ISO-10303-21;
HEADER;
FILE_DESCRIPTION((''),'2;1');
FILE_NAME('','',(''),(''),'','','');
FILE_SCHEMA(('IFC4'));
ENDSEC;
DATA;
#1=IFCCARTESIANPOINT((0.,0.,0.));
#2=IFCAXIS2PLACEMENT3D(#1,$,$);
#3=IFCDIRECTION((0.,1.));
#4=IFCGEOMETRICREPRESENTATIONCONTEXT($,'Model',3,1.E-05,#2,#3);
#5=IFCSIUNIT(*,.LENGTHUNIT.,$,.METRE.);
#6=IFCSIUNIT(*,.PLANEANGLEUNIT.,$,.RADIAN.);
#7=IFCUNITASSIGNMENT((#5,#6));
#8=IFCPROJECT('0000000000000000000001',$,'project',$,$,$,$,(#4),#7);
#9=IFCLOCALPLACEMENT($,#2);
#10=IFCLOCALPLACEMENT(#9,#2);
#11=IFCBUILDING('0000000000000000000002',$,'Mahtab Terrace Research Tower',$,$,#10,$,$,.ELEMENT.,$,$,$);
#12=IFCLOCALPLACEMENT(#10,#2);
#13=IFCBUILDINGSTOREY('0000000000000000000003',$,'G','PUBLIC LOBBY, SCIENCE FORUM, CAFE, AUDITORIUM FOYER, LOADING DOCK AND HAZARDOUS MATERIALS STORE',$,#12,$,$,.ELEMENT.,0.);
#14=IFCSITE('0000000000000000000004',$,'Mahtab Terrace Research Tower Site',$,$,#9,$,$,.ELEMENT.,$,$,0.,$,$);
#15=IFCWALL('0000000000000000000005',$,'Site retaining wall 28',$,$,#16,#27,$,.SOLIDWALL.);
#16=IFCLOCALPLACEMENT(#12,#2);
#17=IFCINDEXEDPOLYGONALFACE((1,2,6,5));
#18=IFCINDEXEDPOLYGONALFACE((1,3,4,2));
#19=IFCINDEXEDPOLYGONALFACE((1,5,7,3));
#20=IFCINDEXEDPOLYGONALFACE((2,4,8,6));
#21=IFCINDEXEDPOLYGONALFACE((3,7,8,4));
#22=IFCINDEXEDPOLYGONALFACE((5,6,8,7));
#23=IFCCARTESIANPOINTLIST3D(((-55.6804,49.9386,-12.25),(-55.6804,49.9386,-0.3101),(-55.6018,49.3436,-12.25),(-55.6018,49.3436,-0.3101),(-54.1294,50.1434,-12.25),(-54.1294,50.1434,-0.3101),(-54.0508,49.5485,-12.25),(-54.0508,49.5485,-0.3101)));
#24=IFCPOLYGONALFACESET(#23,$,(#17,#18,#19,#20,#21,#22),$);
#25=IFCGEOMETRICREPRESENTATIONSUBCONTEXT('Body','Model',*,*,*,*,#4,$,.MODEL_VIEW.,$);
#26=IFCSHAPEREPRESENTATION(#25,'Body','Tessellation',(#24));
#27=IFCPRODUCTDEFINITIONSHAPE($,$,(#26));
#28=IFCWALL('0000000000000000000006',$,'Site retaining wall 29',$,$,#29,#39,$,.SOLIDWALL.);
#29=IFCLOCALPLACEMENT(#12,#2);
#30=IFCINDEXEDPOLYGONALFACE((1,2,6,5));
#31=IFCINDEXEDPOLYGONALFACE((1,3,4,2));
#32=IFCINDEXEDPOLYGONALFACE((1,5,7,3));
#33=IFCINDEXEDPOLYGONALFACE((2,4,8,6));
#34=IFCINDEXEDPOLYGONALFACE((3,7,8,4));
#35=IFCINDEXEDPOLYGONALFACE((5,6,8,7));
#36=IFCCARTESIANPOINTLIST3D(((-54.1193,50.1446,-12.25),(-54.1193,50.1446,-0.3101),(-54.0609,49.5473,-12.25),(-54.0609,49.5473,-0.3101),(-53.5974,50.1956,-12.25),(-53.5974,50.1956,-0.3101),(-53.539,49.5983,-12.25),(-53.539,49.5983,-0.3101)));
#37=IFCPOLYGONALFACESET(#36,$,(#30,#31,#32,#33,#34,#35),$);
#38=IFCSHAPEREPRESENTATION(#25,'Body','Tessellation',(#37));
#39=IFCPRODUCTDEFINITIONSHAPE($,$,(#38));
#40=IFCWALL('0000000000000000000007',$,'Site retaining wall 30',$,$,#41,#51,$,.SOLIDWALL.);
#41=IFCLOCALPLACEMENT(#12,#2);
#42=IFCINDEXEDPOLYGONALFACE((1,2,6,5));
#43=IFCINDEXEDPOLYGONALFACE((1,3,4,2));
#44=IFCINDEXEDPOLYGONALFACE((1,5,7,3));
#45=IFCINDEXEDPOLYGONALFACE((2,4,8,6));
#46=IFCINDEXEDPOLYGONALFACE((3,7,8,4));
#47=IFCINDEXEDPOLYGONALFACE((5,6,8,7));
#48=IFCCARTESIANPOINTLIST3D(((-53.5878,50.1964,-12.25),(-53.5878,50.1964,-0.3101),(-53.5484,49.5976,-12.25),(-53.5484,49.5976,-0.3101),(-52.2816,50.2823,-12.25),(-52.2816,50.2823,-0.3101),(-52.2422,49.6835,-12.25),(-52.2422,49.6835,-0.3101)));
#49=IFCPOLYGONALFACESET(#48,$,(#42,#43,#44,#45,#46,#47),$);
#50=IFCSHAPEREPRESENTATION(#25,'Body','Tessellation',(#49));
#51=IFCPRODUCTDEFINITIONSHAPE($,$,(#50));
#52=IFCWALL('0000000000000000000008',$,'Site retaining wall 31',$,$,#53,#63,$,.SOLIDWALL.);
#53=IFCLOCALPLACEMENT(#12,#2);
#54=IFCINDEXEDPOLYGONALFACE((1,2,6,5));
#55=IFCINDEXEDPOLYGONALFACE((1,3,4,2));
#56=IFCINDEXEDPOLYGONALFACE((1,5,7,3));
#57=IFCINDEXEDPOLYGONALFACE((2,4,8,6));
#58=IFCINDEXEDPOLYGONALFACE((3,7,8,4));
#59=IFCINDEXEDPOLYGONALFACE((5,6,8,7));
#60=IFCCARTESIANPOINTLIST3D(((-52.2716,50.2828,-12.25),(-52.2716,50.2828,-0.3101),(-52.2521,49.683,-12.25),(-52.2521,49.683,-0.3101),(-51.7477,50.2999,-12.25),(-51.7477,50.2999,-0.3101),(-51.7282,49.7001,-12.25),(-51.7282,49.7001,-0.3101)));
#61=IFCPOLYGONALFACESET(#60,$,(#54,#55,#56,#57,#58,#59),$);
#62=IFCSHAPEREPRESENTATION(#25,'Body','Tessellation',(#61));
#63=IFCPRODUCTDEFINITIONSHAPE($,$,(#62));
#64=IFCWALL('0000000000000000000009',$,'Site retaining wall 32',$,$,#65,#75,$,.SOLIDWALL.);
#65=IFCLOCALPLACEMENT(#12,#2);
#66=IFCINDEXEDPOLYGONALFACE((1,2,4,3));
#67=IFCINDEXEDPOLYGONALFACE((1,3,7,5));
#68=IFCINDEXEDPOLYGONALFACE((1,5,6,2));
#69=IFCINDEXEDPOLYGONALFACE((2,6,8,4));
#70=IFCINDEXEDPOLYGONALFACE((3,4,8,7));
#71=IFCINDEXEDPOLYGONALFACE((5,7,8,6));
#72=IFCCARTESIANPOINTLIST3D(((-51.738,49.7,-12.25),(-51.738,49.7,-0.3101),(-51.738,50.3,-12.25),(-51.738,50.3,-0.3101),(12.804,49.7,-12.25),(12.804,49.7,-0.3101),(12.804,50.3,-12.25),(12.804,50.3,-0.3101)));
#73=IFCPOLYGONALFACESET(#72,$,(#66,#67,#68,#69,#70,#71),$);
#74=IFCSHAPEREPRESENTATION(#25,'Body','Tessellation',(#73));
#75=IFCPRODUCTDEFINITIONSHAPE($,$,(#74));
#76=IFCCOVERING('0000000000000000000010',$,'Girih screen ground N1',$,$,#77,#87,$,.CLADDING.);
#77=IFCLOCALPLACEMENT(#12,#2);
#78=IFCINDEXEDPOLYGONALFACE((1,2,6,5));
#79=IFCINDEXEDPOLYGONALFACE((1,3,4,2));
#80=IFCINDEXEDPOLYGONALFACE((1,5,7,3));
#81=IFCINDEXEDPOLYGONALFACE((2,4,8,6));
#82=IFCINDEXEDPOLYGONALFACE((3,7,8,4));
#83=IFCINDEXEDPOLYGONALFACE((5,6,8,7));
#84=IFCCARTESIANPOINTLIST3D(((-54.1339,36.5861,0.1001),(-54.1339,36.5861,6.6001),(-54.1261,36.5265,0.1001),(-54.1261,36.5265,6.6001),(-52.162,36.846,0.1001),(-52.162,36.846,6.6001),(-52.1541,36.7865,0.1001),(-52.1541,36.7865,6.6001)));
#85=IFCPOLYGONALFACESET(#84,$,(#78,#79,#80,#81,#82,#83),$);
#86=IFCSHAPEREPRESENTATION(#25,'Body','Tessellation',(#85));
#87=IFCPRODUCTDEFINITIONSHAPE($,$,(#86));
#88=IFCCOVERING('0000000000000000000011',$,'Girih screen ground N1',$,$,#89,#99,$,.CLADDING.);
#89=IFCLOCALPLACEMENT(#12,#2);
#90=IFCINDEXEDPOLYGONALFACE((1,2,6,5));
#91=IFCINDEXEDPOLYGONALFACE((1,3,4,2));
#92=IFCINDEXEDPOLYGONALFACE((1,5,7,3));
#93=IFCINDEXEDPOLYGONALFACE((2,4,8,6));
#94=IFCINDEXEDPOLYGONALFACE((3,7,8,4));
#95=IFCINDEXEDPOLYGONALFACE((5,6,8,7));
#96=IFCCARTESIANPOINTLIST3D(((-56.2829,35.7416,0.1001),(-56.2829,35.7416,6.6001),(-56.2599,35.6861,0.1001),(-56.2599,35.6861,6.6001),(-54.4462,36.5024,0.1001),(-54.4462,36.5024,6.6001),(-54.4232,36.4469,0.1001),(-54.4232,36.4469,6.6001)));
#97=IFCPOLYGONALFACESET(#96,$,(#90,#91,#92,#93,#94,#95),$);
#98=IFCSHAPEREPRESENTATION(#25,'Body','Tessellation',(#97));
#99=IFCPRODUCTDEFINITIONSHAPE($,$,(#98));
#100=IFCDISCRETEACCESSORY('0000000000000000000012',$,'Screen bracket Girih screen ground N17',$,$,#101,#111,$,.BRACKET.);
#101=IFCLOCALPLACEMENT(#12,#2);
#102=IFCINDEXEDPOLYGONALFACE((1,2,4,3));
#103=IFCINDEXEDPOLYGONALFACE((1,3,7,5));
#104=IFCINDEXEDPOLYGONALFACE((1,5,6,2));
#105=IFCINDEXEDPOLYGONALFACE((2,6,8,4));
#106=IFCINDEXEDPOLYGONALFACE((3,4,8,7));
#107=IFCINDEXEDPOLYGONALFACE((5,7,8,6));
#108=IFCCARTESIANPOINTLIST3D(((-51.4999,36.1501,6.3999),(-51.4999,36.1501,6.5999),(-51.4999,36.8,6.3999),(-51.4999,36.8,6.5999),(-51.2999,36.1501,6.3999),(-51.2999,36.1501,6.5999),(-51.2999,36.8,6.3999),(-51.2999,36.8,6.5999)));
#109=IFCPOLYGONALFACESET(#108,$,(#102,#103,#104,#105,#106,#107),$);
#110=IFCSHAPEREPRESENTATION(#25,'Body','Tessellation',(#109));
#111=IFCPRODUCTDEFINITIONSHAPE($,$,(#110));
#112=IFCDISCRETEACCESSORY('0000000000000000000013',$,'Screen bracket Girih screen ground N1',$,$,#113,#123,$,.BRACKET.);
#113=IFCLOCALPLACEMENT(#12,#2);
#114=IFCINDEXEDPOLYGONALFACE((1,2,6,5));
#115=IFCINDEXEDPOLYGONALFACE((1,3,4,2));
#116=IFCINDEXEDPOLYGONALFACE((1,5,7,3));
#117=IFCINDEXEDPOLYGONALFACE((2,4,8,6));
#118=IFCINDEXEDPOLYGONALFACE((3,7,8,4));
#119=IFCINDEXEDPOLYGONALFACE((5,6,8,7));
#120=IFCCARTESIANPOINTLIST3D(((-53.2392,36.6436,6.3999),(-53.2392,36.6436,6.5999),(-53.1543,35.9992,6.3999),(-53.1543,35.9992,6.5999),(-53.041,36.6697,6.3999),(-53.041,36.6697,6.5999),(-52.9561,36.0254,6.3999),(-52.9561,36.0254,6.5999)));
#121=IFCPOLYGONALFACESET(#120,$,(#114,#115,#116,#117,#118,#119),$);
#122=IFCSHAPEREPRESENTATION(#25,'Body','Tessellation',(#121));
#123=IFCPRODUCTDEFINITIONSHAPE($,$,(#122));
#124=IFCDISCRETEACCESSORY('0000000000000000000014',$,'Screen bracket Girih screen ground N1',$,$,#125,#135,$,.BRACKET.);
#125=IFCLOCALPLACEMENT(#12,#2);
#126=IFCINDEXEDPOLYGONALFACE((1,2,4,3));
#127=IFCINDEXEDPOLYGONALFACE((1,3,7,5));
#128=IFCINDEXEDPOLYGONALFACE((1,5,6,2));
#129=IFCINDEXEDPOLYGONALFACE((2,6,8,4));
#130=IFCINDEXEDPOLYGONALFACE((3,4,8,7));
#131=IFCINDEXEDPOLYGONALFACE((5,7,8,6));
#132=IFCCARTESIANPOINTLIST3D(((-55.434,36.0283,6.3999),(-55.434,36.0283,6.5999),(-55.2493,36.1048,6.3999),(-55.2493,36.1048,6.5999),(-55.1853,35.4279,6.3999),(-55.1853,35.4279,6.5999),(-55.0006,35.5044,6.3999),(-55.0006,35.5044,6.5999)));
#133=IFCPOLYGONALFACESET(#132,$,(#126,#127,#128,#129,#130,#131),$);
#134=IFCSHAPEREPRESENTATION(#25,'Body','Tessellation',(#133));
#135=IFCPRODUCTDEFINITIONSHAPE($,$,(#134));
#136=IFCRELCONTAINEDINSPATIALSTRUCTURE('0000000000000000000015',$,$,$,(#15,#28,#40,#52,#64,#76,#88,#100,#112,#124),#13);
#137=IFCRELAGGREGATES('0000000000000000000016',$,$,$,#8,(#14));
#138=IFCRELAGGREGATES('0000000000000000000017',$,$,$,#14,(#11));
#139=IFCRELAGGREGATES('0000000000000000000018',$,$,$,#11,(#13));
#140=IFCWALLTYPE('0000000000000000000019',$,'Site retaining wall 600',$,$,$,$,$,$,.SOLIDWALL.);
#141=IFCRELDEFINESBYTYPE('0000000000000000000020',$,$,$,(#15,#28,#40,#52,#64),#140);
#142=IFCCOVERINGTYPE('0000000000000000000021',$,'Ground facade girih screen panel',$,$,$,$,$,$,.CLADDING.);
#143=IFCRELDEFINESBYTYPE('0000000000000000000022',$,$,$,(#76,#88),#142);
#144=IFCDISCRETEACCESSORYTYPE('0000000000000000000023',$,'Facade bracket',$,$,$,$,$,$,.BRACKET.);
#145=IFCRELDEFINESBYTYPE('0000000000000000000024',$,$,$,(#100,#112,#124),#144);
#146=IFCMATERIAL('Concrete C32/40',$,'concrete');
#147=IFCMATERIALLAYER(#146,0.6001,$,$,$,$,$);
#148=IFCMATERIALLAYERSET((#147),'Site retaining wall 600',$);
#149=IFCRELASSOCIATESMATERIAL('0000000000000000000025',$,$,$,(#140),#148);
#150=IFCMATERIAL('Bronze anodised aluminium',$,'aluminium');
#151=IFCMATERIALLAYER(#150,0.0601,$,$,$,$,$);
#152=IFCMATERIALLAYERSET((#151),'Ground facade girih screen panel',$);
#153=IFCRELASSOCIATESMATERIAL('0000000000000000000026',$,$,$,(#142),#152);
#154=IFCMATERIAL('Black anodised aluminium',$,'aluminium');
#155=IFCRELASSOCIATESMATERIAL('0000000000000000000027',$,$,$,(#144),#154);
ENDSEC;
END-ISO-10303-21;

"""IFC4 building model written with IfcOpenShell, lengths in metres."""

from ifc_helpers import new_model, si_unit, direction, frame, frame_2d, origin, origin_2d, place, context, subcontext, project, spatial, rectangle, extrude, material, layer, layer_set, type_object, element, save


model = new_model("IFC4")

# Units and contexts
model_context = context("Model", 3, precision=1e-05, world=origin(), true_north=direction((0.0, 1.0)))
body_context = subcontext(model_context, "Body", "Model", "MODEL_VIEW")
ifc_project = project(units=[si_unit("LENGTHUNIT", "METRE"), si_unit("PLANEANGLEUNIT", "RADIAN")], contexts=[model_context])

# Site, building, storey
site_placement = place(None, origin())
site = spatial("IfcSite", under=ifc_project, at=site_placement, Name="Mahtab Terrace Research Tower Site", CompositionType="ELEMENT", RefElevation=0.0)
building_placement = place(site_placement, origin())
building = spatial("IfcBuilding", under=site, at=building_placement, Name="Mahtab Terrace Research Tower", CompositionType="ELEMENT")
storey_placement = place(building_placement, origin())
storey = spatial("IfcBuildingStorey", under=building, at=storey_placement, Name="G", Description="PUBLIC LOBBY, SCIENCE FORUM, CAFE, AUDITORIUM FOYER, LOADING DOCK AND HAZARDOUS MATERIALS STORE", CompositionType="ELEMENT", Elevation=0.0)

# Walls
ifc_material_1 = material(Name="Concrete C32/40", Category="concrete")
ifc_layer_1 = layer(ifc_material_1, 0.6001)
ifc_layer_set_1 = layer_set([ifc_layer_1], Name="Site retaining wall 600")
wall_type = type_object("IfcWallType", Name="Site retaining wall 600", PredefinedType="SOLIDWALL", material=ifc_layer_set_1)
wall_1_placement = place(storey_placement, frame((-55.6411, 49.6411, -12.25), z_axis=(0.0, 0.0, 1.0), x_axis=(0.991392, 0.130927, 0.0)))
element("IfcWall", 1, at=wall_1_placement, inside=storey, type_object=wall_type, Name="Site retaining wall 28", PredefinedType="SOLIDWALL", context=body_context, shape_type="SweptSolid", body=[
    extrude(rectangle(XDim=1.5645, YDim=0.6001, at=frame_2d((0.7822, 0.0))), origin(), (0.0, 0.0, 1.0), 11.9399),
])
wall_2_placement = place(storey_placement, frame((-54.0901, 49.8459, -12.25), z_axis=(0.0, 0.0, 1.0), x_axis=(0.995256, 0.097291, 0.0)))
element("IfcWall", 2, at=wall_2_placement, inside=storey, type_object=wall_type, Name="Site retaining wall 29", PredefinedType="SOLIDWALL", context=body_context, shape_type="SweptSolid", body=[
    extrude(rectangle(XDim=0.5244, YDim=0.6001, at=frame_2d((0.2622, 0.0))), origin(), (0.0, 0.0, 1.0), 11.9399),
])
wall_3_placement = place(storey_placement, frame((-53.5681, 49.897, -12.25), z_axis=(0.0, 0.0, 1.0), x_axis=(0.997843, 0.065652, 0.0)))
element("IfcWall", 3, at=wall_3_placement, inside=storey, type_object=wall_type, Name="Site retaining wall 30", PredefinedType="SOLIDWALL", context=body_context, shape_type="SweptSolid", body=[
    extrude(rectangle(XDim=1.3091, YDim=0.6001, at=frame_2d((0.6545, 0.0))), origin(), (0.0, 0.0, 1.0), 11.9399),
])
wall_4_placement = place(storey_placement, frame((-52.262, 49.9829, -12.25), z_axis=(0.0, 0.0, 1.0), x_axis=(0.999468, 0.032601, 0.0)))
element("IfcWall", 4, at=wall_4_placement, inside=storey, type_object=wall_type, Name="Site retaining wall 31", PredefinedType="SOLIDWALL", context=body_context, shape_type="SweptSolid", body=[
    extrude(rectangle(XDim=0.5242, YDim=0.6001, at=frame_2d((0.2622, 0.0))), origin(), (0.0, 0.0, 1.0), 11.9399),
])
wall_5_placement = place(storey_placement, frame((-51.738, 50.0, -12.25), z_axis=(0.0, 0.0, 1.0), x_axis=(1.0, 0.0, 0.0)))
element("IfcWall", 5, at=wall_5_placement, inside=storey, type_object=wall_type, Name="Site retaining wall 32", PredefinedType="SOLIDWALL", context=body_context, shape_type="SweptSolid", body=[
    extrude(rectangle(XDim=64.542, YDim=0.6001, at=frame_2d((32.271, 0.0))), origin(), (0.0, 0.0, 1.0), 11.9399),
])

# Coverings
ifc_material_2 = material(Name="Bronze anodised aluminium", Category="aluminium")
ifc_layer_2 = layer(ifc_material_2, 0.0601)
ifc_layer_set_2 = layer_set([ifc_layer_2], Name="Ground facade girih screen panel")
covering_type = type_object("IfcCoveringType", Name="Ground facade girih screen panel", PredefinedType="CLADDING", material=ifc_layer_set_2)
covering_1_placement = place(storey_placement, frame((-53.144, 36.6863, 0.1001), z_axis=(0.0, 0.0, 1.0), x_axis=(-0.991423, -0.13069, 0.0)))
element("IfcCovering", 6, at=covering_1_placement, inside=storey, type_object=covering_type, Name="Girih screen ground N1", PredefinedType="CLADDING", context=body_context, shape_type="SweptSolid", body=[
    extrude(rectangle(XDim=1.989, YDim=0.0601, at=origin_2d()), origin(), (0.0, 0.0, 1.0), 6.5),
])
covering_2_placement = place(storey_placement, frame((-55.353, 36.0942, 0.1001), z_axis=(0.0, 0.0, 1.0), x_axis=(-0.923883, -0.382676, 0.0)))
element("IfcCovering", 7, at=covering_2_placement, inside=storey, type_object=covering_type, Name="Girih screen ground N1", PredefinedType="CLADDING", context=body_context, shape_type="SweptSolid", body=[
    extrude(rectangle(XDim=1.988, YDim=0.0601, at=origin_2d()), origin(), (0.0, 0.0, 1.0), 6.5),
])

# Discrete accessories
ifc_material_3 = material(Name="Black anodised aluminium", Category="aluminium")
discrete_accessory_type = type_object("IfcDiscreteAccessoryType", Name="Facade bracket", PredefinedType="BRACKET", material=ifc_material_3)
for number, where, z_axis, x_axis, name in (
    (8, (-51.3999, 36.4751, 6.3999), (0.0, 0.0, 1.0), (-1.0, 0.0, 0.0), "Screen bracket Girih screen ground N17"),
    (9, (-53.0977, 36.3345, 6.3999), (0.0, 0.0, 1.0), (-0.991423, -0.13069, 0.0), "Screen bracket Girih screen ground N1"),
    (10, (-55.2173, 35.7664, 6.3999), (0.0, 0.0, 1.0), (-0.923883, -0.382676, 0.0), "Screen bracket Girih screen ground N1"),
):
    element("IfcDiscreteAccessory", number, at=place(storey_placement, frame(where, z_axis=z_axis, x_axis=x_axis)), inside=storey, type_object=discrete_accessory_type, Name=name, PredefinedType="BRACKET", context=body_context, shape_type="SweptSolid", body=[
        extrude(rectangle(XDim=0.2, YDim=0.6499, at=origin_2d()), origin(), (0.0, 0.0, 1.0), 0.2),
    ])

save(model, "model.ifc")
